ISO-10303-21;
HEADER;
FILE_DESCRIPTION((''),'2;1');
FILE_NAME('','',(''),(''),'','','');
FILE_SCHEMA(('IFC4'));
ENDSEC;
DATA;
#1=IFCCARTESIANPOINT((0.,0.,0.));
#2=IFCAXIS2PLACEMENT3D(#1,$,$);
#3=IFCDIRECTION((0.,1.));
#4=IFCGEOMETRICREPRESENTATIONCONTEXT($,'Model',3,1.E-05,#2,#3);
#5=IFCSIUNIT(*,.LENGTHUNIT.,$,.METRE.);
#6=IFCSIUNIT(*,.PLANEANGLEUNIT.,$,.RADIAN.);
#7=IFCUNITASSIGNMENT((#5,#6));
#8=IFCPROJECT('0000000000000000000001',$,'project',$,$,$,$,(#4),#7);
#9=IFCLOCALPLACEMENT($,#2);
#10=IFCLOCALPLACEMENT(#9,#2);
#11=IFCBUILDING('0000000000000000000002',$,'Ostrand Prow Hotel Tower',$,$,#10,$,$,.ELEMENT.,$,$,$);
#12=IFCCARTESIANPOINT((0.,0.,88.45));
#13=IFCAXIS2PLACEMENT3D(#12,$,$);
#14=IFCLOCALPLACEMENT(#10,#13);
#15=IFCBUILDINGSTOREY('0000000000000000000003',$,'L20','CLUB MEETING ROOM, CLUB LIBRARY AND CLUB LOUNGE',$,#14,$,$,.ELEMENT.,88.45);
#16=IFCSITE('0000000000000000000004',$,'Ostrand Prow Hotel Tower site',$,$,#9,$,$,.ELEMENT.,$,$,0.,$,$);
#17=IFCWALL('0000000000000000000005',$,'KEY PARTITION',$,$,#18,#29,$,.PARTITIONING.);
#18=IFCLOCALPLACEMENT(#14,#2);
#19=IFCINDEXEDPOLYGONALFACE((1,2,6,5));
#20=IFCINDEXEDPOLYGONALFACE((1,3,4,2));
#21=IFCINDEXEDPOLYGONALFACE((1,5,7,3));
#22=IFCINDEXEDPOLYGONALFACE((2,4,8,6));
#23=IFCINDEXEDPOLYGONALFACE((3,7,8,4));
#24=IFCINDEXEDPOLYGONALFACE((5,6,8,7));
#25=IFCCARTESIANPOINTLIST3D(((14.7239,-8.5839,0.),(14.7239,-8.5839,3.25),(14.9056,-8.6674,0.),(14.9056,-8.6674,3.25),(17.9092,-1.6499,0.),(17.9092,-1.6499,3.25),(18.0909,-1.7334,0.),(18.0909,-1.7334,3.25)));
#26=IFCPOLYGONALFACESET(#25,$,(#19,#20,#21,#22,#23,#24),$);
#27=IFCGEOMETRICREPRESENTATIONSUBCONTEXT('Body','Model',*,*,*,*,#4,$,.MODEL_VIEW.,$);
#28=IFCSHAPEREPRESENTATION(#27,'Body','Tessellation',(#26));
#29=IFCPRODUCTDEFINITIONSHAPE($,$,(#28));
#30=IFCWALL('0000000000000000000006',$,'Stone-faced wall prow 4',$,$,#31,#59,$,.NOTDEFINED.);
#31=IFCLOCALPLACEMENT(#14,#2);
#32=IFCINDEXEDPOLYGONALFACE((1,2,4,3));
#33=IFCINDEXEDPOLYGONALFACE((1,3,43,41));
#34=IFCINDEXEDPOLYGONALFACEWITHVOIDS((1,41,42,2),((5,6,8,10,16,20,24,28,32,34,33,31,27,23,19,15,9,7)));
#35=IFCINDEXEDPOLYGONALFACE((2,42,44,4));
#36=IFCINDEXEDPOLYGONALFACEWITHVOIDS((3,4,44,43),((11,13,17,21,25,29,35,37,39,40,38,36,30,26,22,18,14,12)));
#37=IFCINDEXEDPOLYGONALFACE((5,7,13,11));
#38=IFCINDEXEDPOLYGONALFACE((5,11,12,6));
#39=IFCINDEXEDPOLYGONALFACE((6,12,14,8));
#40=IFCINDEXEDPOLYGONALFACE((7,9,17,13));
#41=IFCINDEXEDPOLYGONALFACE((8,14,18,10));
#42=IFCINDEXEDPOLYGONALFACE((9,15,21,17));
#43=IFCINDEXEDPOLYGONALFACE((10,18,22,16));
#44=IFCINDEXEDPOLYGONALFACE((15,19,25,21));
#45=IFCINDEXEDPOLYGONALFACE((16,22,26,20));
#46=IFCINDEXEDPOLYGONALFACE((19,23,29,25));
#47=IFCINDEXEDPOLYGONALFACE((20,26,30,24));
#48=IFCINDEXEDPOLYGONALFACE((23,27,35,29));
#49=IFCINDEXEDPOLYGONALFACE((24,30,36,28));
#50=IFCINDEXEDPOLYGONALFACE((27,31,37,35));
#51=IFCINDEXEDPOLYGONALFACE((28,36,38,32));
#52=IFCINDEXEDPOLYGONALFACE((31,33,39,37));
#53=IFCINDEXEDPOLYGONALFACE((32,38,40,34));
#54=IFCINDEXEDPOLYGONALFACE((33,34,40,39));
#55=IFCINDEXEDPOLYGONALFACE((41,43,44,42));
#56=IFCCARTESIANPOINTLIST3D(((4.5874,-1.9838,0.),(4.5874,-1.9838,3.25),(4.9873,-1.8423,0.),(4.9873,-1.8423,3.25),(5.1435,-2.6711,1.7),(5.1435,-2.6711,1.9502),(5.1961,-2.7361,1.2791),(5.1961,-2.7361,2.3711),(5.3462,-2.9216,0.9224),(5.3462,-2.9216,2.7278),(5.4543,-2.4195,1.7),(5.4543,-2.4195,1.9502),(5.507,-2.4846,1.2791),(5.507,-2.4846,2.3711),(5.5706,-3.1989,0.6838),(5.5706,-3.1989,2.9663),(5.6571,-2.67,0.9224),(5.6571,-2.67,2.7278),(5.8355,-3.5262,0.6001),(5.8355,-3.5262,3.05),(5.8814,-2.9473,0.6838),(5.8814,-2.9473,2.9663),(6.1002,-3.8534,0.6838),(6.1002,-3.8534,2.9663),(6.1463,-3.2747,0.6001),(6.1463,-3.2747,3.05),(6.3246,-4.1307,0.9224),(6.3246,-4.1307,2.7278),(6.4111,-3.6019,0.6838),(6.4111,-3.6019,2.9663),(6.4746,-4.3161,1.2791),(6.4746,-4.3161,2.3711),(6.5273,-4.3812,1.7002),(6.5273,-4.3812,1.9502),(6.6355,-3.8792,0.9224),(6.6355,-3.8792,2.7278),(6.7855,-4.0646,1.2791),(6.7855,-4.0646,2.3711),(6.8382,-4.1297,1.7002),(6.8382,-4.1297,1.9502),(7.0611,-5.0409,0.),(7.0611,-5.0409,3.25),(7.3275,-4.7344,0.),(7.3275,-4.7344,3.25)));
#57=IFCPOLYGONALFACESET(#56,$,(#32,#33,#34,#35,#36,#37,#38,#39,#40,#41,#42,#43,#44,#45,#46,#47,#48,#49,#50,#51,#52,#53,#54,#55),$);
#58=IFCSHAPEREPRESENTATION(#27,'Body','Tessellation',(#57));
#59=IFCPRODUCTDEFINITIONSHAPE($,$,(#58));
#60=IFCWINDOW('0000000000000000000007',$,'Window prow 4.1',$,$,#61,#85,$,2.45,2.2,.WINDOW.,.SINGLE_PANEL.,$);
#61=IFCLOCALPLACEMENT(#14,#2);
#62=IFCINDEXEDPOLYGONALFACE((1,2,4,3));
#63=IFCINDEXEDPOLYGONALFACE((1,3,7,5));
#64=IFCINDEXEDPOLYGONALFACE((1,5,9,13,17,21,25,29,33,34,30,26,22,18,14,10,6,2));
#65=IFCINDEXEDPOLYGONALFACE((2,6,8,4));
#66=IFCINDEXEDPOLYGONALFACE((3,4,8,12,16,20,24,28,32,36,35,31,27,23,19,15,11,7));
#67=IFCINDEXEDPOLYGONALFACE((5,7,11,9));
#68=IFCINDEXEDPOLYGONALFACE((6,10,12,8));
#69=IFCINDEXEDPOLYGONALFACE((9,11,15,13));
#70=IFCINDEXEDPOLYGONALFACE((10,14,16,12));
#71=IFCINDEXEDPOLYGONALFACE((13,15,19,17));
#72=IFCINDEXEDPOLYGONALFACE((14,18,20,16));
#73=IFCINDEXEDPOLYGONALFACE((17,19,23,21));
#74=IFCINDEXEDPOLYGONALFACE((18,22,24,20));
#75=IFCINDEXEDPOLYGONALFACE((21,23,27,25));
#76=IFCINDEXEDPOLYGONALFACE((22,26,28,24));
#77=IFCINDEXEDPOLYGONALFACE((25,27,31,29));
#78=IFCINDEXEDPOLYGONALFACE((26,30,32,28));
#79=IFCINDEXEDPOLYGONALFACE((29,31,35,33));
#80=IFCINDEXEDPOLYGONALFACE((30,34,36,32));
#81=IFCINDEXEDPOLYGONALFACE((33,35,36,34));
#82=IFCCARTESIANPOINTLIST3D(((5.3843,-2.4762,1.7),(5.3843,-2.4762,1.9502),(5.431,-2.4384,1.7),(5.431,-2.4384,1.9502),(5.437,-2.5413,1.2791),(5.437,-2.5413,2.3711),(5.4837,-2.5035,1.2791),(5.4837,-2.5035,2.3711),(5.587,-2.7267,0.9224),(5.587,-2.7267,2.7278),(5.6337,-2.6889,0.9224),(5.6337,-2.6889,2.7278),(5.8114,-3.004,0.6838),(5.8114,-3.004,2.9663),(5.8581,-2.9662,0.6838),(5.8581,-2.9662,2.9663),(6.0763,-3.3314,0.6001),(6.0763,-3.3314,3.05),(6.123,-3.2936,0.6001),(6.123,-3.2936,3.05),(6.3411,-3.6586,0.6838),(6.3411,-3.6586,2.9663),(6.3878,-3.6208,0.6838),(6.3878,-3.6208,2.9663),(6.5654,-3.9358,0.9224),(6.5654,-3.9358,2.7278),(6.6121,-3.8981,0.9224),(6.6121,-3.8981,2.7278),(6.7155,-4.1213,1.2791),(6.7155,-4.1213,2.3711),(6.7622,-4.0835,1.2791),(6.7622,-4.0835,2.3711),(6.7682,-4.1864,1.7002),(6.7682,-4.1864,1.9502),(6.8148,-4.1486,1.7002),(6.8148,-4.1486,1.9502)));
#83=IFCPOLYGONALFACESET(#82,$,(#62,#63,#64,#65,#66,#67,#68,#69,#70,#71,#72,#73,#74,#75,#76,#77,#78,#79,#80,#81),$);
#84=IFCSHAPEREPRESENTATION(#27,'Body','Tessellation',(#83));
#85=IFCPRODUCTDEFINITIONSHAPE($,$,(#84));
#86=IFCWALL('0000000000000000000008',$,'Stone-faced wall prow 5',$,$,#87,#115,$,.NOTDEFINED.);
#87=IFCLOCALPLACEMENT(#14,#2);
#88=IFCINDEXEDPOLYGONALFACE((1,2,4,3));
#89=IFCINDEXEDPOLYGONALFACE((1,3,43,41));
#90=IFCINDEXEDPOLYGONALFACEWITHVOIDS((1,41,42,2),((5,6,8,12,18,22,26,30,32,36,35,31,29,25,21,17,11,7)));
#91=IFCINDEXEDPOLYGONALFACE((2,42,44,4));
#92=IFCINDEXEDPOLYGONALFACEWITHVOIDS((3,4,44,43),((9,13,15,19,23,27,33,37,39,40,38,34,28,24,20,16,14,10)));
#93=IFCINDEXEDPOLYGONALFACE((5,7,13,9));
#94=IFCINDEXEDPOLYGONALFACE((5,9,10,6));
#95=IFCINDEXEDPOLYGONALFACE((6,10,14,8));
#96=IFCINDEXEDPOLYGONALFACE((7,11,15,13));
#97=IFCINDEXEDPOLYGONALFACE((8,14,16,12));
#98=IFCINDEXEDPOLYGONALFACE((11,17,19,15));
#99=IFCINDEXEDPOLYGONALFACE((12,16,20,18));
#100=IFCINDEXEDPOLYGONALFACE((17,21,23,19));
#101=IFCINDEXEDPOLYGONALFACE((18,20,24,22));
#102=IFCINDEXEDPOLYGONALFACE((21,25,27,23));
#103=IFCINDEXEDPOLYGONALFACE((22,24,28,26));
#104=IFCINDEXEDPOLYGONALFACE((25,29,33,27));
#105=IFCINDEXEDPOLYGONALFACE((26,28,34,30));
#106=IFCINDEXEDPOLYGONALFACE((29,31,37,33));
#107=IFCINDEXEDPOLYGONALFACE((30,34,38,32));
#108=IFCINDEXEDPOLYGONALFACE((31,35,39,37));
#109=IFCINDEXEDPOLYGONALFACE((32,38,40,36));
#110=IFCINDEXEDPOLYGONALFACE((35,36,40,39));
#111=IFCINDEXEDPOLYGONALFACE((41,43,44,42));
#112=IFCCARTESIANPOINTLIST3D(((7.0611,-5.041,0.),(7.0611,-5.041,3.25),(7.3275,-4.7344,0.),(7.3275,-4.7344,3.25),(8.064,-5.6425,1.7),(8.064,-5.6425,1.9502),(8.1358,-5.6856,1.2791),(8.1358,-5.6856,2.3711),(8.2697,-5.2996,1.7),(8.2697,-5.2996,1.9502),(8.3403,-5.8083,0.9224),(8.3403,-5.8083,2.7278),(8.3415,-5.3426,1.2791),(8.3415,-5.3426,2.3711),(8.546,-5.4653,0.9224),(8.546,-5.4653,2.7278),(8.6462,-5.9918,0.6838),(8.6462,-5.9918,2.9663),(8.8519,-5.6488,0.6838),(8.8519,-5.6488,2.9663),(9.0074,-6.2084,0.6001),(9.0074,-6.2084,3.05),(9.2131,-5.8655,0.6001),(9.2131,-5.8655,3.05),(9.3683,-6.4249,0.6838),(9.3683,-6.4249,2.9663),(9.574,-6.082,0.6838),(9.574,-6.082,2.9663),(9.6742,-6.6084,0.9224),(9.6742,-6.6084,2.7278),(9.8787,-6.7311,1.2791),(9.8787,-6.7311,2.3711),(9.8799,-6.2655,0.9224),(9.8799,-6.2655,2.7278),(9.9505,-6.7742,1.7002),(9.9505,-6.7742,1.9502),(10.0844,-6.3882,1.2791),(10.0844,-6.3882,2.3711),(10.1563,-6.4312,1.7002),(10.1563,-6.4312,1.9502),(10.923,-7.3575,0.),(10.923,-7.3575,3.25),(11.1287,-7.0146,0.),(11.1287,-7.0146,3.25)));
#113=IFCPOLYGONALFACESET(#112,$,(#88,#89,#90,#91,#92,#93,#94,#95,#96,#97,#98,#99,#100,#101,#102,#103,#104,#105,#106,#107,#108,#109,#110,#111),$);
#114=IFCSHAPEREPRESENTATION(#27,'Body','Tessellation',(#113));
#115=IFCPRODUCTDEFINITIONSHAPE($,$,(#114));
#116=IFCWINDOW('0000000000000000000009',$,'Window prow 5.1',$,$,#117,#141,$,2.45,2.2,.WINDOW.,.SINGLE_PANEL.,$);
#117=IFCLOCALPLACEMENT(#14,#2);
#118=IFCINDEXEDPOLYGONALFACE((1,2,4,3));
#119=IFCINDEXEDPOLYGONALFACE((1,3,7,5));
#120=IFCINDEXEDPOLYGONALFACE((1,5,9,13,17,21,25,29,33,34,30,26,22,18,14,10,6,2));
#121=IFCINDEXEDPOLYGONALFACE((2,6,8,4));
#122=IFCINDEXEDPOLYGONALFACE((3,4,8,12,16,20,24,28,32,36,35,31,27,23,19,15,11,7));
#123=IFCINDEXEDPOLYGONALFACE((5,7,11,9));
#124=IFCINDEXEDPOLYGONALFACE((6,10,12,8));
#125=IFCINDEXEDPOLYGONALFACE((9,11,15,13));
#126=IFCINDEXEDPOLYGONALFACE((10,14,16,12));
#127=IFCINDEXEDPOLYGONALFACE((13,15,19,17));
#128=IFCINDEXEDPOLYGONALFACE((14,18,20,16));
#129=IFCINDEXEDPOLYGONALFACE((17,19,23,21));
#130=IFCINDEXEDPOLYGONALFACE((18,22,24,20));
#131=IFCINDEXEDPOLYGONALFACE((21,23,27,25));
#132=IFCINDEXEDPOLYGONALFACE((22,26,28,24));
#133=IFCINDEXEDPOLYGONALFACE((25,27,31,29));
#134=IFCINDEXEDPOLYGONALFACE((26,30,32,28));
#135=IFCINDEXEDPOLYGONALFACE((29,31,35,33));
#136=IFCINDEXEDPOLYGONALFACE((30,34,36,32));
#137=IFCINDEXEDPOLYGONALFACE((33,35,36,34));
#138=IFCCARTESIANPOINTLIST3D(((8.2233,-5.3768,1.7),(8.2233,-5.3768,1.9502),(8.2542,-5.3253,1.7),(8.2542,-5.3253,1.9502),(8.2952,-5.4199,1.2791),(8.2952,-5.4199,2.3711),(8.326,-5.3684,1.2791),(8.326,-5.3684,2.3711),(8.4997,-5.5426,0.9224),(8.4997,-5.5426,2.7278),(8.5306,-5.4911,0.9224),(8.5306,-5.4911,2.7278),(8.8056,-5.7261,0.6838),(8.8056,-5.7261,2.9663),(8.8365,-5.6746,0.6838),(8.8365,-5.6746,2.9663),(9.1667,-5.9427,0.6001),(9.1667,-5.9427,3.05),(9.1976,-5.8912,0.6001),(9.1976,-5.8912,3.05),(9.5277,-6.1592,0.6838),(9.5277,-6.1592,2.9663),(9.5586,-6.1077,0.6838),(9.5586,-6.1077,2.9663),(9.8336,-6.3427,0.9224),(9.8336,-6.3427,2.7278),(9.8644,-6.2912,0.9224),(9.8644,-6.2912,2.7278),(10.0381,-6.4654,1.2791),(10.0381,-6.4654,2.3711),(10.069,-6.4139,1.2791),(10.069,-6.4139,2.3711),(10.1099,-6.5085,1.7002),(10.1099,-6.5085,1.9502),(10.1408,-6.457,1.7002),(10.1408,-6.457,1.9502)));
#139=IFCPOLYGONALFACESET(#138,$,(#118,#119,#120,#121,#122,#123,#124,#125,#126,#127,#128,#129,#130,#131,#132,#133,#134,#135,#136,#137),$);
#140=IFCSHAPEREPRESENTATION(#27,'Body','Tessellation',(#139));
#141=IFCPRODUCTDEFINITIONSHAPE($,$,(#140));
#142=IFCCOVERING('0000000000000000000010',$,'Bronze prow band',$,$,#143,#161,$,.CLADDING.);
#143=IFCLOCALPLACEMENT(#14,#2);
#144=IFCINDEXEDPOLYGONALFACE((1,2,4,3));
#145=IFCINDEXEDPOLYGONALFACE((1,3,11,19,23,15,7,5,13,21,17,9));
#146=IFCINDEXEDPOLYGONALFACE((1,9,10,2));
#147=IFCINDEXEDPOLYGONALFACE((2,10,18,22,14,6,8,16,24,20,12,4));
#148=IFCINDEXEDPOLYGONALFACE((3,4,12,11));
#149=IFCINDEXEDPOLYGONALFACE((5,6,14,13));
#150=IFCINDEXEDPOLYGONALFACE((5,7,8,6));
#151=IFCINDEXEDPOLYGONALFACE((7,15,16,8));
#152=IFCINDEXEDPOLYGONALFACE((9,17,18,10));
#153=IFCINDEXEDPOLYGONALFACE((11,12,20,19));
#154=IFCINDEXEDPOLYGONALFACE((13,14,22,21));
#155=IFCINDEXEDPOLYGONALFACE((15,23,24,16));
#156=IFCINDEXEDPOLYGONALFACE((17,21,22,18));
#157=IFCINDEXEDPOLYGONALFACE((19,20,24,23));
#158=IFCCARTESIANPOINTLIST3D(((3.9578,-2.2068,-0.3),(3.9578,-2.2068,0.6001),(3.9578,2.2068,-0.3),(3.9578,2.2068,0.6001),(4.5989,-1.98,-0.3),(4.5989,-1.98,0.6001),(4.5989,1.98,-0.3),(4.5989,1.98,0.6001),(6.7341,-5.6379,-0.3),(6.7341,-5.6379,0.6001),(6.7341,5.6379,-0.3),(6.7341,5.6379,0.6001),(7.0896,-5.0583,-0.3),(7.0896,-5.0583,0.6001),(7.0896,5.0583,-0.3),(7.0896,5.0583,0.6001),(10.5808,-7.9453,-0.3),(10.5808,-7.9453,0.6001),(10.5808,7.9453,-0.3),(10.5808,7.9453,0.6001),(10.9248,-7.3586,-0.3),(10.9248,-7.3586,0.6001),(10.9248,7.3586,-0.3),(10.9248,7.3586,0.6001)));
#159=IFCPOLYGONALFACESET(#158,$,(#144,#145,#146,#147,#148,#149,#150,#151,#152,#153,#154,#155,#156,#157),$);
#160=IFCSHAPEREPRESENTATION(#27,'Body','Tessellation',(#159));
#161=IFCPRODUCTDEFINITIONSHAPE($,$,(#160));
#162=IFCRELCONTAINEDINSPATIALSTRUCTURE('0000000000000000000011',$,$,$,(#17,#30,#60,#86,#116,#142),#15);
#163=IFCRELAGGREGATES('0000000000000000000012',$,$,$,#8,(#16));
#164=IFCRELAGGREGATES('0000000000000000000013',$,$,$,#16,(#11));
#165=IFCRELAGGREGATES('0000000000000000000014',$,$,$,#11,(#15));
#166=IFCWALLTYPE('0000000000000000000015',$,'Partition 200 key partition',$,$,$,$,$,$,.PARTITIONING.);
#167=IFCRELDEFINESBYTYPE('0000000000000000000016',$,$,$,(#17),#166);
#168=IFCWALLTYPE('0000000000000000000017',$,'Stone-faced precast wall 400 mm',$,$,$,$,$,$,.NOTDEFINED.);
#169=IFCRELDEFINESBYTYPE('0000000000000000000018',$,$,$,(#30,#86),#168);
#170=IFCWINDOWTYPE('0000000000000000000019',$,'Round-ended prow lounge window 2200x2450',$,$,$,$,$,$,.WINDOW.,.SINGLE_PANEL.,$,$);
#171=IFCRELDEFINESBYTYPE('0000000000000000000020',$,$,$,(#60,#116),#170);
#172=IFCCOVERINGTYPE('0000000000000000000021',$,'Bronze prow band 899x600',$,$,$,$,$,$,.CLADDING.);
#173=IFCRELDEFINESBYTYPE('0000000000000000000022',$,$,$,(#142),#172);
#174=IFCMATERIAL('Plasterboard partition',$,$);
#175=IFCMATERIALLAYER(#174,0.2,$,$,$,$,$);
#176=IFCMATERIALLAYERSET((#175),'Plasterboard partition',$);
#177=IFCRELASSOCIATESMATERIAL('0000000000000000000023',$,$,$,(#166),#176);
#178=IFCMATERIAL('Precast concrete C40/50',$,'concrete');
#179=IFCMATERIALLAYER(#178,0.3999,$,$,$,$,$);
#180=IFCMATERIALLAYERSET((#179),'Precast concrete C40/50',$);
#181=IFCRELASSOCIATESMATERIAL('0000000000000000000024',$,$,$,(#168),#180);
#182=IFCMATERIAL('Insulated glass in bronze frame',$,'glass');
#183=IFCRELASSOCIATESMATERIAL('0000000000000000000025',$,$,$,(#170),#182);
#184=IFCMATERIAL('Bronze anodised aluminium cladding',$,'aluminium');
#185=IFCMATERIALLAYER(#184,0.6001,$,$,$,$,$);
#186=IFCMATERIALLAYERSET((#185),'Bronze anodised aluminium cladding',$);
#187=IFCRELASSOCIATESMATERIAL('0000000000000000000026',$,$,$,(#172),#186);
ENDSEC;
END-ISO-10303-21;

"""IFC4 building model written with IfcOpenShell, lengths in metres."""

from ifc_helpers import new_model, si_unit, direction, frame, frame_2d, origin, place, context, subcontext, project, spatial, polyline, rectangle, outline, extrude, material, layer, layer_set, type_object, element, fill, save


model = new_model("IFC4")

# Units and contexts
model_context = context("Model", 3, precision=1e-05, world=origin(), true_north=direction((0.0, 1.0)))
body_context = subcontext(model_context, "Body", "Model", "MODEL_VIEW")
ifc_project = project(units=[si_unit("LENGTHUNIT", "METRE"), si_unit("PLANEANGLEUNIT", "RADIAN")], contexts=[model_context])

# Site, building, storey
site_placement = place(None, origin())
site = spatial("IfcSite", under=ifc_project, at=site_placement, Name="Ostrand Prow Hotel Tower site", CompositionType="ELEMENT", RefElevation=0.0)
building_placement = place(site_placement, origin())
building = spatial("IfcBuilding", under=site, at=building_placement, Name="Ostrand Prow Hotel Tower", CompositionType="ELEMENT")
storey_placement = place(building_placement, frame((0.0, 0.0, 88.45)))
storey = spatial("IfcBuildingStorey", under=building, at=storey_placement, Name="L20", Description="CLUB MEETING ROOM, CLUB LIBRARY AND CLUB LOUNGE", CompositionType="ELEMENT", Elevation=88.45)

# Wall
ifc_material_1 = material(Name="Plasterboard partition")
ifc_layer_1 = layer(ifc_material_1, 0.2)
ifc_layer_set_1 = layer_set([ifc_layer_1], Name="Plasterboard partition")
wall_type_1 = type_object("IfcWallType", Name="Partition 200 key partition", PredefinedType="PARTITIONING", material=ifc_layer_set_1)
wall_1_placement = place(storey_placement, frame((14.8147, -8.6257, 0.0), z_axis=(0.0, 0.0, 1.0), x_axis=(0.417432, 0.908708, 0.0)))
element("IfcWall", 1, at=wall_1_placement, inside=storey, type_object=wall_type_1, Name="KEY PARTITION", PredefinedType="PARTITIONING", context=body_context, shape_type="SweptSolid", body=[
    extrude(rectangle(XDim=7.6306, YDim=0.2, at=frame_2d((3.8154, 0.0))), origin(), (0.0, 0.0, 1.0), 3.25),
])

# Walls, openings, windows
ifc_material_2 = material(Name="Precast concrete C40/50", Category="concrete")
ifc_layer_2 = layer(ifc_material_2, 0.3999)
ifc_layer_set_2 = layer_set([ifc_layer_2], Name="Precast concrete C40/50")
wall_type_2 = type_object("IfcWallType", Name="Stone-faced precast wall 400 mm", PredefinedType="NOTDEFINED", material=ifc_layer_set_2)
wall_2_placement = place(storey_placement, frame((4.7874, -1.9131, 0.0), z_axis=(0.0, 0.0, 1.0), x_axis=(0.629035, -0.777377, 0.0)))
wall_2 = element("IfcWall", 2, at=wall_2_placement, inside=storey, type_object=wall_type_2, Name="Stone-faced wall prow 4", PredefinedType="NOTDEFINED", context=body_context, shape_type="SweptSolid", body=[
    extrude(outline(polyline([(-0.0708, -0.2), (3.8618, -0.2), (3.791, 0.2), (0.0708, 0.2), (-0.0708, -0.2)])), origin(), (0.0, 0.0, 1.0), 3.25),
])
opening_1_placement = place(wall_2_placement, frame((0.8132, 0.0, 0.6001)))
opening_1 = element("IfcOpeningElement", 3, at=opening_1_placement, cuts=wall_2, PredefinedType="OPENING", context=body_context, shape_type="SweptSolid", body=[
    extrude(outline(polyline([(0.0, 1.3501), (0.0837, 1.771), (0.3223, 2.1277), (0.679, 2.3662), (1.1001, 2.45), (1.521, 2.3662), (1.8777, 2.1277), (2.1162, 1.771), (2.2, 1.3501), (2.2, 1.1001), (2.1162, 0.679), (1.8777, 0.3223), (1.521, 0.0837), (1.1001, 0.0), (0.679, 0.0837), (0.3223, 0.3223), (0.0837, 0.679), (0.0, 1.0999), (0.0, 1.3501)])), frame((0.0, 0.21, 0.0), z_axis=(0.0, -1.0, 0.0), x_axis=(1.0, 0.0, 0.0)), (0.0, 0.0, 1.0), 0.4199),
])
ifc_material_3 = material(Name="Insulated glass in bronze frame", Category="glass")
window_type = type_object("IfcWindowType", Name="Round-ended prow lounge window 2200x2450", PartitioningType="SINGLE_PANEL", PredefinedType="WINDOW", material=ifc_material_3)
window_1_placement = place(opening_1_placement, origin())
window_1 = element("IfcWindow", 4, at=window_1_placement, inside=storey, type_object=window_type, Name="Window prow 4.1", OverallHeight=2.45, OverallWidth=2.2, PartitioningType="SINGLE_PANEL", PredefinedType="WINDOW", context=body_context, shape_type="SweptSolid", body=[
    extrude(outline(polyline([(0.0, 1.3501), (0.0837, 1.771), (0.3223, 2.1277), (0.679, 2.3662), (1.1001, 2.45), (1.521, 2.3662), (1.8777, 2.1277), (2.1162, 1.771), (2.2, 1.3501), (2.2, 1.1001), (2.1162, 0.679), (1.8777, 0.3223), (1.521, 0.0837), (1.1001, 0.0), (0.679, 0.0837), (0.3223, 0.3223), (0.0837, 0.679), (0.0, 1.0999), (0.0, 1.3501)])), frame((0.0, 0.1699, 0.0), z_axis=(0.0, -1.0, 0.0), x_axis=(1.0, 0.0, 0.0)), (0.0, 0.0, 1.0), 0.0601),
])
fill(opening_1, window_1)
wall_3_placement = place(storey_placement, frame((7.1943, -4.8877, 0.0), z_axis=(0.0, 0.0, 1.0), x_axis=(0.857551, -0.514399, 0.0)))
wall_3 = element("IfcWall", 5, at=wall_3_placement, inside=storey, type_object=wall_type_2, Name="Stone-faced wall prow 5", PredefinedType="NOTDEFINED", context=body_context, shape_type="SweptSolid", body=[
    extrude(outline(polyline([(-0.0354, -0.2), (4.468, -0.2), (4.468, 0.2), (0.0354, 0.2), (-0.0354, -0.2)])), origin(), (0.0, 0.0, 1.0), 3.25),
])
opening_2_placement = place(wall_3_placement, frame((1.134, 0.0, 0.6001)))
opening_2 = element("IfcOpeningElement", 6, at=opening_2_placement, cuts=wall_3, PredefinedType="OPENING", context=body_context, shape_type="SweptSolid", body=[
    extrude(outline(polyline([(0.0, 1.3501), (0.0837, 1.771), (0.3223, 2.1277), (0.679, 2.3662), (1.1001, 2.45), (1.521, 2.3662), (1.8777, 2.1277), (2.1162, 1.771), (2.2, 1.3501), (2.2, 1.1001), (2.1162, 0.679), (1.8777, 0.3223), (1.521, 0.0837), (1.1001, 0.0), (0.679, 0.0837), (0.3223, 0.3223), (0.0837, 0.679), (0.0, 1.0999), (0.0, 1.3501)])), frame((0.0, 0.21, 0.0), z_axis=(0.0, -1.0, 0.0), x_axis=(1.0, 0.0, 0.0)), (0.0, 0.0, 1.0), 0.4199),
])
window_2_placement = place(opening_2_placement, origin())
window_2 = element("IfcWindow", 7, at=window_2_placement, inside=storey, type_object=window_type, Name="Window prow 5.1", OverallHeight=2.45, OverallWidth=2.2, PartitioningType="SINGLE_PANEL", PredefinedType="WINDOW", context=body_context, shape_type="SweptSolid", body=[
    extrude(outline(polyline([(0.0, 1.3501), (0.0837, 1.771), (0.3223, 2.1277), (0.679, 2.3662), (1.1001, 2.45), (1.521, 2.3662), (1.8777, 2.1277), (2.1162, 1.771), (2.2, 1.3501), (2.2, 1.1001), (2.1162, 0.679), (1.8777, 0.3223), (1.521, 0.0837), (1.1001, 0.0), (0.679, 0.0837), (0.3223, 0.3223), (0.0837, 0.679), (0.0, 1.0999), (0.0, 1.3501)])), frame((0.0, 0.1699, 0.0), z_axis=(0.0, -1.0, 0.0), x_axis=(1.0, 0.0, 0.0)), (0.0, 0.0, 1.0), 0.0601),
])
fill(opening_2, window_2)

# Covering
ifc_material_4 = material(Name="Bronze anodised aluminium cladding", Category="aluminium")
ifc_layer_3 = layer(ifc_material_4, 0.6001)
ifc_layer_set_3 = layer_set([ifc_layer_3], Name="Bronze anodised aluminium cladding")
covering_type_1 = type_object("IfcCoveringType", Name="Bronze prow band 899x600", PredefinedType="CLADDING", material=ifc_layer_set_3)
covering_1_placement = place(storey_placement, frame((0.0, 0.0, -0.3)))
element("IfcCovering", 8, at=covering_1_placement, inside=storey, type_object=covering_type_1, Name="Bronze prow band", PredefinedType="CLADDING", context=body_context, shape_type="SweptSolid", body=[
    extrude(outline(polyline([(10.5808, 7.9453), (6.7341, 5.6379), (3.9578, 2.2068), (3.9578, -2.2068), (6.7341, -5.6379), (10.5808, -7.9453), (10.9248, -7.3586), (7.0896, -5.0583), (4.5989, -1.98), (4.5989, 1.98), (7.0896, 5.0583), (10.9248, 7.3586), (10.5808, 7.9453)])), origin(), (0.0, 0.0, 1.0), 0.9001),
])

save(model, "model.ifc")
